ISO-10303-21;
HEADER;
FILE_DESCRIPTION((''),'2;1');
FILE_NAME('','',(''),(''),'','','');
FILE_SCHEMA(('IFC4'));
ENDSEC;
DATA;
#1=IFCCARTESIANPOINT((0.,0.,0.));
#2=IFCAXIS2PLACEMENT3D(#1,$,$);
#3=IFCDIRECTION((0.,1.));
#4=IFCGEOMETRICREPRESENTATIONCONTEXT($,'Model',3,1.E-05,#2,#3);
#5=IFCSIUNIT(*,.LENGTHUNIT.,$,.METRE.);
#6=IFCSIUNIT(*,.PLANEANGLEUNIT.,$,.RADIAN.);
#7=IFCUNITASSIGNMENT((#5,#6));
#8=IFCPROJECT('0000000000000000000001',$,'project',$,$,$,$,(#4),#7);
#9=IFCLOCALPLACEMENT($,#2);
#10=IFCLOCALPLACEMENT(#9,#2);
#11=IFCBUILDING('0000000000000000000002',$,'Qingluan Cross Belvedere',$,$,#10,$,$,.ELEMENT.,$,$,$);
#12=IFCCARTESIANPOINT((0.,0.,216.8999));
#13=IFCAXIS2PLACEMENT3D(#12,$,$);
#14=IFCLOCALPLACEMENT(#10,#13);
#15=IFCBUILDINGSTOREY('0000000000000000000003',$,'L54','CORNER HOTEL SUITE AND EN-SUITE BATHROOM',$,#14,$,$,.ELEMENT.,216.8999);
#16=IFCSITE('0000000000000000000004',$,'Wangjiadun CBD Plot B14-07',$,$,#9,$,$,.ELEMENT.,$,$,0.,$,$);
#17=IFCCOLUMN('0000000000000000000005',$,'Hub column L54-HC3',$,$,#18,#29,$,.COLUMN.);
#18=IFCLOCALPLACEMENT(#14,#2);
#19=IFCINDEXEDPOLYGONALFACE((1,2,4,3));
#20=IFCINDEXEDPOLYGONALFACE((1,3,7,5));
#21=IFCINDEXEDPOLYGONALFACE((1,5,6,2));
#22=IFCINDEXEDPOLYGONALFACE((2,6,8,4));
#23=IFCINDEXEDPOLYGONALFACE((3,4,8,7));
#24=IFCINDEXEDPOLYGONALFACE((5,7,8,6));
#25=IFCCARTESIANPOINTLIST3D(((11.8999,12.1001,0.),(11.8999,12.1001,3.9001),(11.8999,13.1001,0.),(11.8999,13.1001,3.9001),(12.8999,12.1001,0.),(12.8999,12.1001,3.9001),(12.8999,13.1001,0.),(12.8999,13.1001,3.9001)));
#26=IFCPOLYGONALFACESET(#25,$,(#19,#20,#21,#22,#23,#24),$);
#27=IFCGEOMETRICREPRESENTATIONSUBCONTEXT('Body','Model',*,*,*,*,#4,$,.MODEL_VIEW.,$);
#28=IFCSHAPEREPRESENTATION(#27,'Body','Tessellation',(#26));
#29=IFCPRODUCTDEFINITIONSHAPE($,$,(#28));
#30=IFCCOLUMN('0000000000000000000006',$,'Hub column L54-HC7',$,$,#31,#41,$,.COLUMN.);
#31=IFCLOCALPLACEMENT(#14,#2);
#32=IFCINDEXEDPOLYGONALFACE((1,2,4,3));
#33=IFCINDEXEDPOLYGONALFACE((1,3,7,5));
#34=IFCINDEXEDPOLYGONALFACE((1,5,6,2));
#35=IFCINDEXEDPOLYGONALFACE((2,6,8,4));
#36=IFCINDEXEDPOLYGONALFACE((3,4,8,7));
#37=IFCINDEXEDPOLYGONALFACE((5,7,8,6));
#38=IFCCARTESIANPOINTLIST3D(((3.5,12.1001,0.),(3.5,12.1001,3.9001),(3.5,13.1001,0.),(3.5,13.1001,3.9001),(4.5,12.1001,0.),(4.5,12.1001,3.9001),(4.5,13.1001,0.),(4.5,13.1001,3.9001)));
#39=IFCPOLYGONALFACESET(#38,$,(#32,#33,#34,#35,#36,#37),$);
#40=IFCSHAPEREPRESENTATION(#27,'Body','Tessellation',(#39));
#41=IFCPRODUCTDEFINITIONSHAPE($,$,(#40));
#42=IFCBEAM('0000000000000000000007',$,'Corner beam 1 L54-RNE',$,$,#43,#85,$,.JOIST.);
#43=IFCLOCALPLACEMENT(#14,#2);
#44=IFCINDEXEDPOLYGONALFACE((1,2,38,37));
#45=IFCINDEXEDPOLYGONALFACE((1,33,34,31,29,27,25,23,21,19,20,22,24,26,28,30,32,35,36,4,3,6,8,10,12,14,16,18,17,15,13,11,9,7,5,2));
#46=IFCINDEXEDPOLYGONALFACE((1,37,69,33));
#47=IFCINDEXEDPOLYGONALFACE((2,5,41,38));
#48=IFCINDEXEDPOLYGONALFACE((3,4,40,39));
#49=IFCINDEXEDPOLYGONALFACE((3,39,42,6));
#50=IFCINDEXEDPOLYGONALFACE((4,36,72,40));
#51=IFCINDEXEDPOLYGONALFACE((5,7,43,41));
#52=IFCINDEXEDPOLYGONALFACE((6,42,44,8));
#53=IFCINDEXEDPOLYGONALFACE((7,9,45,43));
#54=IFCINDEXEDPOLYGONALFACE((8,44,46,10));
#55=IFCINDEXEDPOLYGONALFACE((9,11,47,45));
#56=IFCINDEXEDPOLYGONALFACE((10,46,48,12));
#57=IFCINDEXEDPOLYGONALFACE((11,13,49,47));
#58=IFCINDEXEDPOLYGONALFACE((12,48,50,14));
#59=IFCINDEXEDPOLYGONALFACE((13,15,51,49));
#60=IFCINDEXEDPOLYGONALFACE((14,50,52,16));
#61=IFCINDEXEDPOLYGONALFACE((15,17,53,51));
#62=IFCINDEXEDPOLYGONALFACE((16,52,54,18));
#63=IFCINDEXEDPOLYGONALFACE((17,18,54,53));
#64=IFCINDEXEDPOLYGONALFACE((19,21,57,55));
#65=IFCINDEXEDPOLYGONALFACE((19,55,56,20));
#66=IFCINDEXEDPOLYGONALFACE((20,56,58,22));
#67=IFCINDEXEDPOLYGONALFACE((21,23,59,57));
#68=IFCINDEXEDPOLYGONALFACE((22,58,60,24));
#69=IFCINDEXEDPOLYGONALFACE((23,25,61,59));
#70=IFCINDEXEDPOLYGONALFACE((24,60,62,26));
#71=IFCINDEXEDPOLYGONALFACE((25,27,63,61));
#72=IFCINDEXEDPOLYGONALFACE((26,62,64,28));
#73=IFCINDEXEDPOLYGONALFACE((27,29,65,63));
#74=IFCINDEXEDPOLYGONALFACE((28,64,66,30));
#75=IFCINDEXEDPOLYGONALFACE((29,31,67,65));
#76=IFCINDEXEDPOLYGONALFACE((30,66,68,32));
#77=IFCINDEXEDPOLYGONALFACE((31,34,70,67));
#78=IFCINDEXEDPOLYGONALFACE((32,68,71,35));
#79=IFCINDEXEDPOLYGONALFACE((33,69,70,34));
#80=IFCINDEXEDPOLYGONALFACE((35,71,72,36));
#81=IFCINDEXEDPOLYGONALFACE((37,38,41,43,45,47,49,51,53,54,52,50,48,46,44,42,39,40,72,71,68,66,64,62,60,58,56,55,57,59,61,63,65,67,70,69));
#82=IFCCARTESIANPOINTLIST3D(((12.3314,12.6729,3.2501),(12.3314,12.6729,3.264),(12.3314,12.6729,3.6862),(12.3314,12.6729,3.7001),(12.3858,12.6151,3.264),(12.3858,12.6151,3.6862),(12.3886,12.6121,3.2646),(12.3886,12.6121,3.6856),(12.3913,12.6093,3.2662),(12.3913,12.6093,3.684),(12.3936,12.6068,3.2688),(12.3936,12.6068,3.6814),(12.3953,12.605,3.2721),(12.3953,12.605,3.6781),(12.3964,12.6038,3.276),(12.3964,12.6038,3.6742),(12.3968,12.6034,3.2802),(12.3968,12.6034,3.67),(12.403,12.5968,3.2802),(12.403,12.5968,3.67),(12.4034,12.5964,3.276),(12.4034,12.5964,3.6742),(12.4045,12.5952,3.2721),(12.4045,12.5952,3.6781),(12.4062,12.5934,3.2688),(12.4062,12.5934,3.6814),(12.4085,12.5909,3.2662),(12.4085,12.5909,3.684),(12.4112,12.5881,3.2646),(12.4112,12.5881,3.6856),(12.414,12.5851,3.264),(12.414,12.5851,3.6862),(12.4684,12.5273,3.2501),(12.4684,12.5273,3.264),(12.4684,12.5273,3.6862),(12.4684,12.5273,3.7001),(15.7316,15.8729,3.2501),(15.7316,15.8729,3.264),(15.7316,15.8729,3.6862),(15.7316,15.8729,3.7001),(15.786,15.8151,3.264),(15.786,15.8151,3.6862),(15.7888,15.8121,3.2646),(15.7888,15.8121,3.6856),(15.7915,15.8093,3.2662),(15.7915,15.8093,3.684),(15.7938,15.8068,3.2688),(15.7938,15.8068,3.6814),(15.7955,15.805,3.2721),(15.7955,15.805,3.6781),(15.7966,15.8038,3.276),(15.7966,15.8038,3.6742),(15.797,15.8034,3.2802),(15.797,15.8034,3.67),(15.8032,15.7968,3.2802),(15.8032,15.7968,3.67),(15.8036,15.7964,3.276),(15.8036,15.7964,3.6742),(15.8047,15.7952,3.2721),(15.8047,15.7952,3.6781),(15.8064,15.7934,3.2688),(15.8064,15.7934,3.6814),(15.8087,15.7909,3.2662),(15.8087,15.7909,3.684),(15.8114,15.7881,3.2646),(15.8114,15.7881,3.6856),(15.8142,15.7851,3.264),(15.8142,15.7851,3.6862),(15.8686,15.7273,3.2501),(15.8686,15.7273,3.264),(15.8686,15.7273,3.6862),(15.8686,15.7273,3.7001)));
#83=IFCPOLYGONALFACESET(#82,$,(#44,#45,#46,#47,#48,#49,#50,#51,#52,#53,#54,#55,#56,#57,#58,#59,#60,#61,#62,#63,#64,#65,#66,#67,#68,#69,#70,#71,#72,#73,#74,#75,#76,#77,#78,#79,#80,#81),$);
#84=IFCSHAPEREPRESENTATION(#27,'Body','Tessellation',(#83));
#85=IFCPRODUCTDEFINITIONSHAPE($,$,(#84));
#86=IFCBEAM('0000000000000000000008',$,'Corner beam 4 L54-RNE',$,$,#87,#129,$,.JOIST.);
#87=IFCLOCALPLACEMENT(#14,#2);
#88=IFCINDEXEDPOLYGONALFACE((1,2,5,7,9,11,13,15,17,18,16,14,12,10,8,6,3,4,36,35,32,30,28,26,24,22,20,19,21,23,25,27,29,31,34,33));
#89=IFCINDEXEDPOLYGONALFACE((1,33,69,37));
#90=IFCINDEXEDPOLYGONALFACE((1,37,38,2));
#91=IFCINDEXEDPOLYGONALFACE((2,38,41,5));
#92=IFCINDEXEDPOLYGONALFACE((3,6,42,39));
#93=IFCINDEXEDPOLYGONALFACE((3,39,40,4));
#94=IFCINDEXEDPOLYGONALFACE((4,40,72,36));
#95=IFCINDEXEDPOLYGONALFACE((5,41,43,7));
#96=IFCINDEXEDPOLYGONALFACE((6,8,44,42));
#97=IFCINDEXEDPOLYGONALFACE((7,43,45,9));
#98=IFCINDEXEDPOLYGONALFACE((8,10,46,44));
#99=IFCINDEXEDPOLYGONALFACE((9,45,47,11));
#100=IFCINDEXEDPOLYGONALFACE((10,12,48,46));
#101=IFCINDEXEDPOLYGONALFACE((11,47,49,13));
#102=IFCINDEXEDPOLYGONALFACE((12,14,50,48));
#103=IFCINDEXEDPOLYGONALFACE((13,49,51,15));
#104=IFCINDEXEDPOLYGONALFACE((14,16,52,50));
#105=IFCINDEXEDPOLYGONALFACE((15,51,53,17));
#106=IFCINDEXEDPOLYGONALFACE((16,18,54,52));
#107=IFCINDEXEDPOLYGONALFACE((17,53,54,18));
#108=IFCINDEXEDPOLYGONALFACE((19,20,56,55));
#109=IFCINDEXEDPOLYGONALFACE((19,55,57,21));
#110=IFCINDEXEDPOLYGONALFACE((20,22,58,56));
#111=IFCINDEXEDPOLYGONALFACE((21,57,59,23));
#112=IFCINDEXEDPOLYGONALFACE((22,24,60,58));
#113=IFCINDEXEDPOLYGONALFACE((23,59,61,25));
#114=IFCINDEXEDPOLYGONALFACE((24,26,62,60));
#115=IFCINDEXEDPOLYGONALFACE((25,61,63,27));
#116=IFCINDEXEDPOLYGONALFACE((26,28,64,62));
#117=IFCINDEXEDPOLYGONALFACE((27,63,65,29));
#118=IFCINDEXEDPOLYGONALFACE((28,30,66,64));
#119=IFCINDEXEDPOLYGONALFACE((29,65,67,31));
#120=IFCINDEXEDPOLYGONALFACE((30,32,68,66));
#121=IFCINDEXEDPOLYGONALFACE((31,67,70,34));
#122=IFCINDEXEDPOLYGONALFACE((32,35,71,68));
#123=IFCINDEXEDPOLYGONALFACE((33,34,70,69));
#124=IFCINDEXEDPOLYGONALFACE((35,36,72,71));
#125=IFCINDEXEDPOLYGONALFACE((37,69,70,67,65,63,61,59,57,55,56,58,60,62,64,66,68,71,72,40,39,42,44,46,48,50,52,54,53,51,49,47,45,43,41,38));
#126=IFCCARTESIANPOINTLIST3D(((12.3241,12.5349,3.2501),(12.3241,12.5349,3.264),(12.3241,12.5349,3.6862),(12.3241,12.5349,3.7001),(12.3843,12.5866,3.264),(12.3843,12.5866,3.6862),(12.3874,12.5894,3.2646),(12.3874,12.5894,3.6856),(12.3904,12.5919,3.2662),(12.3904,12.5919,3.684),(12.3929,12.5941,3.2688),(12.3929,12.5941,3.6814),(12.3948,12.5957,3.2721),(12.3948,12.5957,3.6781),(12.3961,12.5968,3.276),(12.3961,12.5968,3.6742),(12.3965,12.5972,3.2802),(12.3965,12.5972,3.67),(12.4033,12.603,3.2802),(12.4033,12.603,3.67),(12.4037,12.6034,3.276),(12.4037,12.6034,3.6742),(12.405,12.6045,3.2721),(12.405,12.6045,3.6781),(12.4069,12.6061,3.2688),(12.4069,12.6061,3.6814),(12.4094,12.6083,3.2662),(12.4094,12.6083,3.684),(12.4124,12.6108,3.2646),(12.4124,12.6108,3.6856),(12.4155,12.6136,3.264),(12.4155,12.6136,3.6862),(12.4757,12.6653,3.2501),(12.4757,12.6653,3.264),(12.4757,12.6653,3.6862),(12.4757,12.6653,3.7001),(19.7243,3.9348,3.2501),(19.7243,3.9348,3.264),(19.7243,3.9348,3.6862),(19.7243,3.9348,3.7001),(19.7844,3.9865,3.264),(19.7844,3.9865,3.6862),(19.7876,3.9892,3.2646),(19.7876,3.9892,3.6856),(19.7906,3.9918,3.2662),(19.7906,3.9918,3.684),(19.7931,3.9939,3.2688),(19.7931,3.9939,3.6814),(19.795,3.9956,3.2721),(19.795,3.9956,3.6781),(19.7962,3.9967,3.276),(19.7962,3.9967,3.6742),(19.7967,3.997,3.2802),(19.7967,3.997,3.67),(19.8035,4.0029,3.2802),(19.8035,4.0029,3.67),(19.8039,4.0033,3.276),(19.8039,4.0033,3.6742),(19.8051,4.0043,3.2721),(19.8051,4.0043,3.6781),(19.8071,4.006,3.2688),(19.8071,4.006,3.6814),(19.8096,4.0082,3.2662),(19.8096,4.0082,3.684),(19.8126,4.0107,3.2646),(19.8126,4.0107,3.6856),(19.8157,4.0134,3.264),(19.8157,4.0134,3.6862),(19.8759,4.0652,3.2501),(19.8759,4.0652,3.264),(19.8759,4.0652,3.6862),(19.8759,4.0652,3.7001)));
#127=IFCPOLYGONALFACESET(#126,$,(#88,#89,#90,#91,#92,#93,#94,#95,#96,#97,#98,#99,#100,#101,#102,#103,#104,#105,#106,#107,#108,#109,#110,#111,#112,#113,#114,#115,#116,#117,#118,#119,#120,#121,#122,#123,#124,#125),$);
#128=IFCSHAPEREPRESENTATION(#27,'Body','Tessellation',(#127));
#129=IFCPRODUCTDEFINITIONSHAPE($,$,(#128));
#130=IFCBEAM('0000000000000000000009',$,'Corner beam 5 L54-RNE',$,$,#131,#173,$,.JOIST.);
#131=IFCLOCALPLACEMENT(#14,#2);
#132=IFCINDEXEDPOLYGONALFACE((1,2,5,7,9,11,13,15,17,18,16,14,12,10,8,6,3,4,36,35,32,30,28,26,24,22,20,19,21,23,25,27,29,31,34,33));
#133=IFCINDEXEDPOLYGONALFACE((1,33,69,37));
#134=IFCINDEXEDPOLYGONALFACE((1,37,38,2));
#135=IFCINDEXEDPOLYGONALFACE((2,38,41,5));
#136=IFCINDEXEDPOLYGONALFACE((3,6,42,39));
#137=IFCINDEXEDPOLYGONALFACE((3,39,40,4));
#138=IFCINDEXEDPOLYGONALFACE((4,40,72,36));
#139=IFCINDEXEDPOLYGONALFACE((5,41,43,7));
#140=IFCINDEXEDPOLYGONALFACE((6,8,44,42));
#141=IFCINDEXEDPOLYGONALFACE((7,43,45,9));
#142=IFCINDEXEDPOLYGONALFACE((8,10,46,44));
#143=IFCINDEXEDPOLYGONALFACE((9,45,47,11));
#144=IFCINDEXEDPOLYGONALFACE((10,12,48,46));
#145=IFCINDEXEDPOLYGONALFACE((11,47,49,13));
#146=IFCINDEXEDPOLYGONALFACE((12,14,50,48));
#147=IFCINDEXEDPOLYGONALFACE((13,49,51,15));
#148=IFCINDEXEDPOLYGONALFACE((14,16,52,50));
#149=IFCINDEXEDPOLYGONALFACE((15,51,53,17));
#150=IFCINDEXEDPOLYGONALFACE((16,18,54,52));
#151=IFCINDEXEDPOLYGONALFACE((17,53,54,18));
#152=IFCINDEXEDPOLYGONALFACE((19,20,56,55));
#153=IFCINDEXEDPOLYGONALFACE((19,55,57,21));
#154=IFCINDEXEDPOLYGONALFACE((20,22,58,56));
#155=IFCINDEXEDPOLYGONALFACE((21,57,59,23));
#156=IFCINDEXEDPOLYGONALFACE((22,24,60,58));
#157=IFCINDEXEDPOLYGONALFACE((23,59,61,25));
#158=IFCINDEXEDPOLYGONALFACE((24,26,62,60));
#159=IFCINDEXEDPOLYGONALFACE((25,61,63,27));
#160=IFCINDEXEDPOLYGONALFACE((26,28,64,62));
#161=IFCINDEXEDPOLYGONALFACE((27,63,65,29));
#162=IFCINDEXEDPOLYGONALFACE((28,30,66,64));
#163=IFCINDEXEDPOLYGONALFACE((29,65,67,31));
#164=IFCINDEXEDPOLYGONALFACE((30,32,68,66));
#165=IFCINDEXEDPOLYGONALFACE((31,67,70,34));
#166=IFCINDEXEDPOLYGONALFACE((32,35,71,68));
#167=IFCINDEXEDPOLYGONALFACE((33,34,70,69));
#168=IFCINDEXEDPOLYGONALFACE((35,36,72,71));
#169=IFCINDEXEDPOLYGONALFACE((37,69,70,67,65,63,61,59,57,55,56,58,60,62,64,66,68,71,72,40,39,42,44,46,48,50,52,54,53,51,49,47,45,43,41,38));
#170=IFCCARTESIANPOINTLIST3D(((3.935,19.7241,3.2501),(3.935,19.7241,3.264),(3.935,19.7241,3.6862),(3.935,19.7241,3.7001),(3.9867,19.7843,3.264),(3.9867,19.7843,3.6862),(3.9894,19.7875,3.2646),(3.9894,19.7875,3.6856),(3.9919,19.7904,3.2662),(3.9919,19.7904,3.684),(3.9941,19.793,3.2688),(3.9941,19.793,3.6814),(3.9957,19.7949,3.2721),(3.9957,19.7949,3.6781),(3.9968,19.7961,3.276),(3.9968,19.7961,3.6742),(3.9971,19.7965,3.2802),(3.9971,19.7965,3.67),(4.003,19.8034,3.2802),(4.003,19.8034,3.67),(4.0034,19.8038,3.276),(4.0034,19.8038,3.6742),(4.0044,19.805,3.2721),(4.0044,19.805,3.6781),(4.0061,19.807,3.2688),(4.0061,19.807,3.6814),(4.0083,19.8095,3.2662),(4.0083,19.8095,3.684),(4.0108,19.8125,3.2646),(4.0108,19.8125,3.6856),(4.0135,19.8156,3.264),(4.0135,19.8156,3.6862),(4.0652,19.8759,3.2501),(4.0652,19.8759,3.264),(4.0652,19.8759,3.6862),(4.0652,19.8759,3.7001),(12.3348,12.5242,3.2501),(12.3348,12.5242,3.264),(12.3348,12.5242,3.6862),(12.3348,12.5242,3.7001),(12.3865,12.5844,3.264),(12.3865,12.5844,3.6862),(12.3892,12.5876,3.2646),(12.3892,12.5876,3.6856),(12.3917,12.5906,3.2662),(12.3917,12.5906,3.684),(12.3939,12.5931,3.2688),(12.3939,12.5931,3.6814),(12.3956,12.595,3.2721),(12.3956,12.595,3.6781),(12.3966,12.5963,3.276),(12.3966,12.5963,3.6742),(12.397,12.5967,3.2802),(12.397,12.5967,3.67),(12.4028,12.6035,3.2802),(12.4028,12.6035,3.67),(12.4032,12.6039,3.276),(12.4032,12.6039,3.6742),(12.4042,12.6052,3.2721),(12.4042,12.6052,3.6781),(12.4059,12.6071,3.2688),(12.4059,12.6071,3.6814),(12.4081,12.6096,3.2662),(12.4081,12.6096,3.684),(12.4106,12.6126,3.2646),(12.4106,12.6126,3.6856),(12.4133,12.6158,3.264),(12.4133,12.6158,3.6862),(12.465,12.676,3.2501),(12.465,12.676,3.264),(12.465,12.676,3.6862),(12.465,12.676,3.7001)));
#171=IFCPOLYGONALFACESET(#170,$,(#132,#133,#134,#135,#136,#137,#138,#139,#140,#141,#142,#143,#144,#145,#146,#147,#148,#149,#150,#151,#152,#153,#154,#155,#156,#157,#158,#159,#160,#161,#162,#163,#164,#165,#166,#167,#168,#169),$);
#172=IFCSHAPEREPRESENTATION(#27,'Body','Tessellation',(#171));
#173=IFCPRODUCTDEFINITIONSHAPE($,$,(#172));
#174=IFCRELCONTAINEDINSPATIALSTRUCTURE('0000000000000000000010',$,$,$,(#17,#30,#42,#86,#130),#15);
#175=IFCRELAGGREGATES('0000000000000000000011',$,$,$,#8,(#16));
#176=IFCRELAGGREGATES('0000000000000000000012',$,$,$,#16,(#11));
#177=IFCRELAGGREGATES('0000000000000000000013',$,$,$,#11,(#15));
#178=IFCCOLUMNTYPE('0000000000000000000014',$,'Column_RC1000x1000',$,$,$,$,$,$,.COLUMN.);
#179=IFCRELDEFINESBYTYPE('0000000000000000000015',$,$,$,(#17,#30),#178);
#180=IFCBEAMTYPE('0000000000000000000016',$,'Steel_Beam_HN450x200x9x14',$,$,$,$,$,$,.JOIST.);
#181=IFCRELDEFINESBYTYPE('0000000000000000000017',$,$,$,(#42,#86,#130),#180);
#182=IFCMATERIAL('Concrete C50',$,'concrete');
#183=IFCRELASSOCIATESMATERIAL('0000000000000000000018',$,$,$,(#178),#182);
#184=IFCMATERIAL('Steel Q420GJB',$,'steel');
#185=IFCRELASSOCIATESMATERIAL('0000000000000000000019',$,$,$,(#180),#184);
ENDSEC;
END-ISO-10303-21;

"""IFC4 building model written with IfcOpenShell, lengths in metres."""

from ifc_helpers import new_model, si_unit, direction, frame, origin, origin_2d, place, context, subcontext, project, spatial, rectangle, i_section, extrude, material, material_profile, profile_set, type_object, element, save


model = new_model("IFC4")

# Units and contexts
model_context = context("Model", 3, precision=1e-05, world=origin(), true_north=direction((0.0, 1.0)))
body_context = subcontext(model_context, "Body", "Model", "MODEL_VIEW")
ifc_project = project(units=[si_unit("LENGTHUNIT", "METRE"), si_unit("PLANEANGLEUNIT", "RADIAN")], contexts=[model_context])

# Site, building, storey
site_placement = place(None, origin())
site = spatial("IfcSite", under=ifc_project, at=site_placement, Name="Wangjiadun CBD Plot B14-07", CompositionType="ELEMENT", RefElevation=0.0)
building_placement = place(site_placement, origin())
building = spatial("IfcBuilding", under=site, at=building_placement, Name="Qingluan Cross Belvedere", CompositionType="ELEMENT")
storey_placement = place(building_placement, frame((0.0, 0.0, 216.8999)))
storey = spatial("IfcBuildingStorey", under=building, at=storey_placement, Name="L54", Description="CORNER HOTEL SUITE AND EN-SUITE BATHROOM", CompositionType="ELEMENT", Elevation=216.8999)

# Columns
ifc_material_1 = material(Name="Concrete C50", Category="concrete")
ifc_material_profile_1 = material_profile(ifc_material_1, rectangle(XDim=1.0, YDim=1.0, at=origin_2d()), Name="RC1000x1000")
ifc_profile_set_1 = profile_set([ifc_material_profile_1], Name="Concrete C50")
column_type = type_object("IfcColumnType", Name="Column_RC1000x1000", PredefinedType="COLUMN", material=ifc_profile_set_1)
for number, where, z_axis, x_axis, name in (
    (1, (12.3999, 12.6001, 0.0), (0.0, 0.0, 1.0), (1.0, 0.0, 0.0), "Hub column L54-HC3"),
    (2, (4.0, 12.6001, 0.0), (0.0, 0.0, 1.0), (1.0, 0.0, 0.0), "Hub column L54-HC7"),
):
    element("IfcColumn", number, at=place(storey_placement, frame(where, z_axis=z_axis, x_axis=x_axis)), inside=storey, type_object=column_type, Name=name, PredefinedType="COLUMN", context=body_context, shape_type="SweptSolid", body=[
        extrude(rectangle(XDim=1.0, YDim=1.0, at=origin_2d()), origin(), (0.0, 0.0, 1.0), 3.9001),
    ])

# Beams
ifc_material_2 = material(Name="Steel Q420GJB", Category="steel")
ifc_material_profile_2 = material_profile(ifc_material_2, i_section(OverallWidth=0.2, OverallDepth=0.45, WebThickness=0.009, FlangeThickness=0.0139, FilletRadius=0.0161, at=origin_2d()), Name="HN450x200x9x14")
ifc_profile_set_2 = profile_set([ifc_material_profile_2], Name="Steel Q420GJB")
beam_type_1 = type_object("IfcBeamType", Name="Steel_Beam_HN450x200x9x14", PredefinedType="JOIST", material=ifc_profile_set_2)
beam_1_placement = place(storey_placement, frame((12.3999, 12.6001, 3.4751), z_axis=(0.72822, 0.685343, 0.0), x_axis=(-0.685343, 0.72822, 0.0)))
element("IfcBeam", 3, at=beam_1_placement, inside=storey, type_object=beam_type_1, Name="Corner beam 1 L54-RNE", PredefinedType="JOIST", context=body_context, shape_type="SweptSolid", body=[
    extrude(i_section(OverallWidth=0.2, OverallDepth=0.45, WebThickness=0.009, FlangeThickness=0.0139, FilletRadius=0.0161, at=origin_2d()), origin(), (0.0, 0.0, 1.0), 4.6692),
])
beam_2_placement = place(storey_placement, frame((12.3999, 12.6001, 3.4751), z_axis=(0.652245, -0.758008, 0.0), x_axis=(0.758008, 0.652245, 0.0)))
element("IfcBeam", 4, at=beam_2_placement, inside=storey, type_object=beam_type_1, Name="Corner beam 4 L54-RNE", PredefinedType="JOIST", context=body_context, shape_type="SweptSolid", body=[
    extrude(i_section(OverallWidth=0.2, OverallDepth=0.45, WebThickness=0.009, FlangeThickness=0.0139, FilletRadius=0.0161, at=origin_2d()), origin(), (0.0, 0.0, 1.0), 11.3457),
])
beam_3_placement = place(storey_placement, frame((12.3999, 12.6001, 3.4751), z_axis=(-0.759255, 0.650793, 0.0), x_axis=(-0.650793, -0.759255, 0.0)))
element("IfcBeam", 5, at=beam_3_placement, inside=storey, type_object=beam_type_1, Name="Corner beam 5 L54-RNE", PredefinedType="JOIST", context=body_context, shape_type="SweptSolid", body=[
    extrude(i_section(OverallWidth=0.2, OverallDepth=0.45, WebThickness=0.009, FlangeThickness=0.0139, FilletRadius=0.0161, at=origin_2d()), origin(), (0.0, 0.0, 1.0), 11.0632),
])

save(model, "model.ifc")
